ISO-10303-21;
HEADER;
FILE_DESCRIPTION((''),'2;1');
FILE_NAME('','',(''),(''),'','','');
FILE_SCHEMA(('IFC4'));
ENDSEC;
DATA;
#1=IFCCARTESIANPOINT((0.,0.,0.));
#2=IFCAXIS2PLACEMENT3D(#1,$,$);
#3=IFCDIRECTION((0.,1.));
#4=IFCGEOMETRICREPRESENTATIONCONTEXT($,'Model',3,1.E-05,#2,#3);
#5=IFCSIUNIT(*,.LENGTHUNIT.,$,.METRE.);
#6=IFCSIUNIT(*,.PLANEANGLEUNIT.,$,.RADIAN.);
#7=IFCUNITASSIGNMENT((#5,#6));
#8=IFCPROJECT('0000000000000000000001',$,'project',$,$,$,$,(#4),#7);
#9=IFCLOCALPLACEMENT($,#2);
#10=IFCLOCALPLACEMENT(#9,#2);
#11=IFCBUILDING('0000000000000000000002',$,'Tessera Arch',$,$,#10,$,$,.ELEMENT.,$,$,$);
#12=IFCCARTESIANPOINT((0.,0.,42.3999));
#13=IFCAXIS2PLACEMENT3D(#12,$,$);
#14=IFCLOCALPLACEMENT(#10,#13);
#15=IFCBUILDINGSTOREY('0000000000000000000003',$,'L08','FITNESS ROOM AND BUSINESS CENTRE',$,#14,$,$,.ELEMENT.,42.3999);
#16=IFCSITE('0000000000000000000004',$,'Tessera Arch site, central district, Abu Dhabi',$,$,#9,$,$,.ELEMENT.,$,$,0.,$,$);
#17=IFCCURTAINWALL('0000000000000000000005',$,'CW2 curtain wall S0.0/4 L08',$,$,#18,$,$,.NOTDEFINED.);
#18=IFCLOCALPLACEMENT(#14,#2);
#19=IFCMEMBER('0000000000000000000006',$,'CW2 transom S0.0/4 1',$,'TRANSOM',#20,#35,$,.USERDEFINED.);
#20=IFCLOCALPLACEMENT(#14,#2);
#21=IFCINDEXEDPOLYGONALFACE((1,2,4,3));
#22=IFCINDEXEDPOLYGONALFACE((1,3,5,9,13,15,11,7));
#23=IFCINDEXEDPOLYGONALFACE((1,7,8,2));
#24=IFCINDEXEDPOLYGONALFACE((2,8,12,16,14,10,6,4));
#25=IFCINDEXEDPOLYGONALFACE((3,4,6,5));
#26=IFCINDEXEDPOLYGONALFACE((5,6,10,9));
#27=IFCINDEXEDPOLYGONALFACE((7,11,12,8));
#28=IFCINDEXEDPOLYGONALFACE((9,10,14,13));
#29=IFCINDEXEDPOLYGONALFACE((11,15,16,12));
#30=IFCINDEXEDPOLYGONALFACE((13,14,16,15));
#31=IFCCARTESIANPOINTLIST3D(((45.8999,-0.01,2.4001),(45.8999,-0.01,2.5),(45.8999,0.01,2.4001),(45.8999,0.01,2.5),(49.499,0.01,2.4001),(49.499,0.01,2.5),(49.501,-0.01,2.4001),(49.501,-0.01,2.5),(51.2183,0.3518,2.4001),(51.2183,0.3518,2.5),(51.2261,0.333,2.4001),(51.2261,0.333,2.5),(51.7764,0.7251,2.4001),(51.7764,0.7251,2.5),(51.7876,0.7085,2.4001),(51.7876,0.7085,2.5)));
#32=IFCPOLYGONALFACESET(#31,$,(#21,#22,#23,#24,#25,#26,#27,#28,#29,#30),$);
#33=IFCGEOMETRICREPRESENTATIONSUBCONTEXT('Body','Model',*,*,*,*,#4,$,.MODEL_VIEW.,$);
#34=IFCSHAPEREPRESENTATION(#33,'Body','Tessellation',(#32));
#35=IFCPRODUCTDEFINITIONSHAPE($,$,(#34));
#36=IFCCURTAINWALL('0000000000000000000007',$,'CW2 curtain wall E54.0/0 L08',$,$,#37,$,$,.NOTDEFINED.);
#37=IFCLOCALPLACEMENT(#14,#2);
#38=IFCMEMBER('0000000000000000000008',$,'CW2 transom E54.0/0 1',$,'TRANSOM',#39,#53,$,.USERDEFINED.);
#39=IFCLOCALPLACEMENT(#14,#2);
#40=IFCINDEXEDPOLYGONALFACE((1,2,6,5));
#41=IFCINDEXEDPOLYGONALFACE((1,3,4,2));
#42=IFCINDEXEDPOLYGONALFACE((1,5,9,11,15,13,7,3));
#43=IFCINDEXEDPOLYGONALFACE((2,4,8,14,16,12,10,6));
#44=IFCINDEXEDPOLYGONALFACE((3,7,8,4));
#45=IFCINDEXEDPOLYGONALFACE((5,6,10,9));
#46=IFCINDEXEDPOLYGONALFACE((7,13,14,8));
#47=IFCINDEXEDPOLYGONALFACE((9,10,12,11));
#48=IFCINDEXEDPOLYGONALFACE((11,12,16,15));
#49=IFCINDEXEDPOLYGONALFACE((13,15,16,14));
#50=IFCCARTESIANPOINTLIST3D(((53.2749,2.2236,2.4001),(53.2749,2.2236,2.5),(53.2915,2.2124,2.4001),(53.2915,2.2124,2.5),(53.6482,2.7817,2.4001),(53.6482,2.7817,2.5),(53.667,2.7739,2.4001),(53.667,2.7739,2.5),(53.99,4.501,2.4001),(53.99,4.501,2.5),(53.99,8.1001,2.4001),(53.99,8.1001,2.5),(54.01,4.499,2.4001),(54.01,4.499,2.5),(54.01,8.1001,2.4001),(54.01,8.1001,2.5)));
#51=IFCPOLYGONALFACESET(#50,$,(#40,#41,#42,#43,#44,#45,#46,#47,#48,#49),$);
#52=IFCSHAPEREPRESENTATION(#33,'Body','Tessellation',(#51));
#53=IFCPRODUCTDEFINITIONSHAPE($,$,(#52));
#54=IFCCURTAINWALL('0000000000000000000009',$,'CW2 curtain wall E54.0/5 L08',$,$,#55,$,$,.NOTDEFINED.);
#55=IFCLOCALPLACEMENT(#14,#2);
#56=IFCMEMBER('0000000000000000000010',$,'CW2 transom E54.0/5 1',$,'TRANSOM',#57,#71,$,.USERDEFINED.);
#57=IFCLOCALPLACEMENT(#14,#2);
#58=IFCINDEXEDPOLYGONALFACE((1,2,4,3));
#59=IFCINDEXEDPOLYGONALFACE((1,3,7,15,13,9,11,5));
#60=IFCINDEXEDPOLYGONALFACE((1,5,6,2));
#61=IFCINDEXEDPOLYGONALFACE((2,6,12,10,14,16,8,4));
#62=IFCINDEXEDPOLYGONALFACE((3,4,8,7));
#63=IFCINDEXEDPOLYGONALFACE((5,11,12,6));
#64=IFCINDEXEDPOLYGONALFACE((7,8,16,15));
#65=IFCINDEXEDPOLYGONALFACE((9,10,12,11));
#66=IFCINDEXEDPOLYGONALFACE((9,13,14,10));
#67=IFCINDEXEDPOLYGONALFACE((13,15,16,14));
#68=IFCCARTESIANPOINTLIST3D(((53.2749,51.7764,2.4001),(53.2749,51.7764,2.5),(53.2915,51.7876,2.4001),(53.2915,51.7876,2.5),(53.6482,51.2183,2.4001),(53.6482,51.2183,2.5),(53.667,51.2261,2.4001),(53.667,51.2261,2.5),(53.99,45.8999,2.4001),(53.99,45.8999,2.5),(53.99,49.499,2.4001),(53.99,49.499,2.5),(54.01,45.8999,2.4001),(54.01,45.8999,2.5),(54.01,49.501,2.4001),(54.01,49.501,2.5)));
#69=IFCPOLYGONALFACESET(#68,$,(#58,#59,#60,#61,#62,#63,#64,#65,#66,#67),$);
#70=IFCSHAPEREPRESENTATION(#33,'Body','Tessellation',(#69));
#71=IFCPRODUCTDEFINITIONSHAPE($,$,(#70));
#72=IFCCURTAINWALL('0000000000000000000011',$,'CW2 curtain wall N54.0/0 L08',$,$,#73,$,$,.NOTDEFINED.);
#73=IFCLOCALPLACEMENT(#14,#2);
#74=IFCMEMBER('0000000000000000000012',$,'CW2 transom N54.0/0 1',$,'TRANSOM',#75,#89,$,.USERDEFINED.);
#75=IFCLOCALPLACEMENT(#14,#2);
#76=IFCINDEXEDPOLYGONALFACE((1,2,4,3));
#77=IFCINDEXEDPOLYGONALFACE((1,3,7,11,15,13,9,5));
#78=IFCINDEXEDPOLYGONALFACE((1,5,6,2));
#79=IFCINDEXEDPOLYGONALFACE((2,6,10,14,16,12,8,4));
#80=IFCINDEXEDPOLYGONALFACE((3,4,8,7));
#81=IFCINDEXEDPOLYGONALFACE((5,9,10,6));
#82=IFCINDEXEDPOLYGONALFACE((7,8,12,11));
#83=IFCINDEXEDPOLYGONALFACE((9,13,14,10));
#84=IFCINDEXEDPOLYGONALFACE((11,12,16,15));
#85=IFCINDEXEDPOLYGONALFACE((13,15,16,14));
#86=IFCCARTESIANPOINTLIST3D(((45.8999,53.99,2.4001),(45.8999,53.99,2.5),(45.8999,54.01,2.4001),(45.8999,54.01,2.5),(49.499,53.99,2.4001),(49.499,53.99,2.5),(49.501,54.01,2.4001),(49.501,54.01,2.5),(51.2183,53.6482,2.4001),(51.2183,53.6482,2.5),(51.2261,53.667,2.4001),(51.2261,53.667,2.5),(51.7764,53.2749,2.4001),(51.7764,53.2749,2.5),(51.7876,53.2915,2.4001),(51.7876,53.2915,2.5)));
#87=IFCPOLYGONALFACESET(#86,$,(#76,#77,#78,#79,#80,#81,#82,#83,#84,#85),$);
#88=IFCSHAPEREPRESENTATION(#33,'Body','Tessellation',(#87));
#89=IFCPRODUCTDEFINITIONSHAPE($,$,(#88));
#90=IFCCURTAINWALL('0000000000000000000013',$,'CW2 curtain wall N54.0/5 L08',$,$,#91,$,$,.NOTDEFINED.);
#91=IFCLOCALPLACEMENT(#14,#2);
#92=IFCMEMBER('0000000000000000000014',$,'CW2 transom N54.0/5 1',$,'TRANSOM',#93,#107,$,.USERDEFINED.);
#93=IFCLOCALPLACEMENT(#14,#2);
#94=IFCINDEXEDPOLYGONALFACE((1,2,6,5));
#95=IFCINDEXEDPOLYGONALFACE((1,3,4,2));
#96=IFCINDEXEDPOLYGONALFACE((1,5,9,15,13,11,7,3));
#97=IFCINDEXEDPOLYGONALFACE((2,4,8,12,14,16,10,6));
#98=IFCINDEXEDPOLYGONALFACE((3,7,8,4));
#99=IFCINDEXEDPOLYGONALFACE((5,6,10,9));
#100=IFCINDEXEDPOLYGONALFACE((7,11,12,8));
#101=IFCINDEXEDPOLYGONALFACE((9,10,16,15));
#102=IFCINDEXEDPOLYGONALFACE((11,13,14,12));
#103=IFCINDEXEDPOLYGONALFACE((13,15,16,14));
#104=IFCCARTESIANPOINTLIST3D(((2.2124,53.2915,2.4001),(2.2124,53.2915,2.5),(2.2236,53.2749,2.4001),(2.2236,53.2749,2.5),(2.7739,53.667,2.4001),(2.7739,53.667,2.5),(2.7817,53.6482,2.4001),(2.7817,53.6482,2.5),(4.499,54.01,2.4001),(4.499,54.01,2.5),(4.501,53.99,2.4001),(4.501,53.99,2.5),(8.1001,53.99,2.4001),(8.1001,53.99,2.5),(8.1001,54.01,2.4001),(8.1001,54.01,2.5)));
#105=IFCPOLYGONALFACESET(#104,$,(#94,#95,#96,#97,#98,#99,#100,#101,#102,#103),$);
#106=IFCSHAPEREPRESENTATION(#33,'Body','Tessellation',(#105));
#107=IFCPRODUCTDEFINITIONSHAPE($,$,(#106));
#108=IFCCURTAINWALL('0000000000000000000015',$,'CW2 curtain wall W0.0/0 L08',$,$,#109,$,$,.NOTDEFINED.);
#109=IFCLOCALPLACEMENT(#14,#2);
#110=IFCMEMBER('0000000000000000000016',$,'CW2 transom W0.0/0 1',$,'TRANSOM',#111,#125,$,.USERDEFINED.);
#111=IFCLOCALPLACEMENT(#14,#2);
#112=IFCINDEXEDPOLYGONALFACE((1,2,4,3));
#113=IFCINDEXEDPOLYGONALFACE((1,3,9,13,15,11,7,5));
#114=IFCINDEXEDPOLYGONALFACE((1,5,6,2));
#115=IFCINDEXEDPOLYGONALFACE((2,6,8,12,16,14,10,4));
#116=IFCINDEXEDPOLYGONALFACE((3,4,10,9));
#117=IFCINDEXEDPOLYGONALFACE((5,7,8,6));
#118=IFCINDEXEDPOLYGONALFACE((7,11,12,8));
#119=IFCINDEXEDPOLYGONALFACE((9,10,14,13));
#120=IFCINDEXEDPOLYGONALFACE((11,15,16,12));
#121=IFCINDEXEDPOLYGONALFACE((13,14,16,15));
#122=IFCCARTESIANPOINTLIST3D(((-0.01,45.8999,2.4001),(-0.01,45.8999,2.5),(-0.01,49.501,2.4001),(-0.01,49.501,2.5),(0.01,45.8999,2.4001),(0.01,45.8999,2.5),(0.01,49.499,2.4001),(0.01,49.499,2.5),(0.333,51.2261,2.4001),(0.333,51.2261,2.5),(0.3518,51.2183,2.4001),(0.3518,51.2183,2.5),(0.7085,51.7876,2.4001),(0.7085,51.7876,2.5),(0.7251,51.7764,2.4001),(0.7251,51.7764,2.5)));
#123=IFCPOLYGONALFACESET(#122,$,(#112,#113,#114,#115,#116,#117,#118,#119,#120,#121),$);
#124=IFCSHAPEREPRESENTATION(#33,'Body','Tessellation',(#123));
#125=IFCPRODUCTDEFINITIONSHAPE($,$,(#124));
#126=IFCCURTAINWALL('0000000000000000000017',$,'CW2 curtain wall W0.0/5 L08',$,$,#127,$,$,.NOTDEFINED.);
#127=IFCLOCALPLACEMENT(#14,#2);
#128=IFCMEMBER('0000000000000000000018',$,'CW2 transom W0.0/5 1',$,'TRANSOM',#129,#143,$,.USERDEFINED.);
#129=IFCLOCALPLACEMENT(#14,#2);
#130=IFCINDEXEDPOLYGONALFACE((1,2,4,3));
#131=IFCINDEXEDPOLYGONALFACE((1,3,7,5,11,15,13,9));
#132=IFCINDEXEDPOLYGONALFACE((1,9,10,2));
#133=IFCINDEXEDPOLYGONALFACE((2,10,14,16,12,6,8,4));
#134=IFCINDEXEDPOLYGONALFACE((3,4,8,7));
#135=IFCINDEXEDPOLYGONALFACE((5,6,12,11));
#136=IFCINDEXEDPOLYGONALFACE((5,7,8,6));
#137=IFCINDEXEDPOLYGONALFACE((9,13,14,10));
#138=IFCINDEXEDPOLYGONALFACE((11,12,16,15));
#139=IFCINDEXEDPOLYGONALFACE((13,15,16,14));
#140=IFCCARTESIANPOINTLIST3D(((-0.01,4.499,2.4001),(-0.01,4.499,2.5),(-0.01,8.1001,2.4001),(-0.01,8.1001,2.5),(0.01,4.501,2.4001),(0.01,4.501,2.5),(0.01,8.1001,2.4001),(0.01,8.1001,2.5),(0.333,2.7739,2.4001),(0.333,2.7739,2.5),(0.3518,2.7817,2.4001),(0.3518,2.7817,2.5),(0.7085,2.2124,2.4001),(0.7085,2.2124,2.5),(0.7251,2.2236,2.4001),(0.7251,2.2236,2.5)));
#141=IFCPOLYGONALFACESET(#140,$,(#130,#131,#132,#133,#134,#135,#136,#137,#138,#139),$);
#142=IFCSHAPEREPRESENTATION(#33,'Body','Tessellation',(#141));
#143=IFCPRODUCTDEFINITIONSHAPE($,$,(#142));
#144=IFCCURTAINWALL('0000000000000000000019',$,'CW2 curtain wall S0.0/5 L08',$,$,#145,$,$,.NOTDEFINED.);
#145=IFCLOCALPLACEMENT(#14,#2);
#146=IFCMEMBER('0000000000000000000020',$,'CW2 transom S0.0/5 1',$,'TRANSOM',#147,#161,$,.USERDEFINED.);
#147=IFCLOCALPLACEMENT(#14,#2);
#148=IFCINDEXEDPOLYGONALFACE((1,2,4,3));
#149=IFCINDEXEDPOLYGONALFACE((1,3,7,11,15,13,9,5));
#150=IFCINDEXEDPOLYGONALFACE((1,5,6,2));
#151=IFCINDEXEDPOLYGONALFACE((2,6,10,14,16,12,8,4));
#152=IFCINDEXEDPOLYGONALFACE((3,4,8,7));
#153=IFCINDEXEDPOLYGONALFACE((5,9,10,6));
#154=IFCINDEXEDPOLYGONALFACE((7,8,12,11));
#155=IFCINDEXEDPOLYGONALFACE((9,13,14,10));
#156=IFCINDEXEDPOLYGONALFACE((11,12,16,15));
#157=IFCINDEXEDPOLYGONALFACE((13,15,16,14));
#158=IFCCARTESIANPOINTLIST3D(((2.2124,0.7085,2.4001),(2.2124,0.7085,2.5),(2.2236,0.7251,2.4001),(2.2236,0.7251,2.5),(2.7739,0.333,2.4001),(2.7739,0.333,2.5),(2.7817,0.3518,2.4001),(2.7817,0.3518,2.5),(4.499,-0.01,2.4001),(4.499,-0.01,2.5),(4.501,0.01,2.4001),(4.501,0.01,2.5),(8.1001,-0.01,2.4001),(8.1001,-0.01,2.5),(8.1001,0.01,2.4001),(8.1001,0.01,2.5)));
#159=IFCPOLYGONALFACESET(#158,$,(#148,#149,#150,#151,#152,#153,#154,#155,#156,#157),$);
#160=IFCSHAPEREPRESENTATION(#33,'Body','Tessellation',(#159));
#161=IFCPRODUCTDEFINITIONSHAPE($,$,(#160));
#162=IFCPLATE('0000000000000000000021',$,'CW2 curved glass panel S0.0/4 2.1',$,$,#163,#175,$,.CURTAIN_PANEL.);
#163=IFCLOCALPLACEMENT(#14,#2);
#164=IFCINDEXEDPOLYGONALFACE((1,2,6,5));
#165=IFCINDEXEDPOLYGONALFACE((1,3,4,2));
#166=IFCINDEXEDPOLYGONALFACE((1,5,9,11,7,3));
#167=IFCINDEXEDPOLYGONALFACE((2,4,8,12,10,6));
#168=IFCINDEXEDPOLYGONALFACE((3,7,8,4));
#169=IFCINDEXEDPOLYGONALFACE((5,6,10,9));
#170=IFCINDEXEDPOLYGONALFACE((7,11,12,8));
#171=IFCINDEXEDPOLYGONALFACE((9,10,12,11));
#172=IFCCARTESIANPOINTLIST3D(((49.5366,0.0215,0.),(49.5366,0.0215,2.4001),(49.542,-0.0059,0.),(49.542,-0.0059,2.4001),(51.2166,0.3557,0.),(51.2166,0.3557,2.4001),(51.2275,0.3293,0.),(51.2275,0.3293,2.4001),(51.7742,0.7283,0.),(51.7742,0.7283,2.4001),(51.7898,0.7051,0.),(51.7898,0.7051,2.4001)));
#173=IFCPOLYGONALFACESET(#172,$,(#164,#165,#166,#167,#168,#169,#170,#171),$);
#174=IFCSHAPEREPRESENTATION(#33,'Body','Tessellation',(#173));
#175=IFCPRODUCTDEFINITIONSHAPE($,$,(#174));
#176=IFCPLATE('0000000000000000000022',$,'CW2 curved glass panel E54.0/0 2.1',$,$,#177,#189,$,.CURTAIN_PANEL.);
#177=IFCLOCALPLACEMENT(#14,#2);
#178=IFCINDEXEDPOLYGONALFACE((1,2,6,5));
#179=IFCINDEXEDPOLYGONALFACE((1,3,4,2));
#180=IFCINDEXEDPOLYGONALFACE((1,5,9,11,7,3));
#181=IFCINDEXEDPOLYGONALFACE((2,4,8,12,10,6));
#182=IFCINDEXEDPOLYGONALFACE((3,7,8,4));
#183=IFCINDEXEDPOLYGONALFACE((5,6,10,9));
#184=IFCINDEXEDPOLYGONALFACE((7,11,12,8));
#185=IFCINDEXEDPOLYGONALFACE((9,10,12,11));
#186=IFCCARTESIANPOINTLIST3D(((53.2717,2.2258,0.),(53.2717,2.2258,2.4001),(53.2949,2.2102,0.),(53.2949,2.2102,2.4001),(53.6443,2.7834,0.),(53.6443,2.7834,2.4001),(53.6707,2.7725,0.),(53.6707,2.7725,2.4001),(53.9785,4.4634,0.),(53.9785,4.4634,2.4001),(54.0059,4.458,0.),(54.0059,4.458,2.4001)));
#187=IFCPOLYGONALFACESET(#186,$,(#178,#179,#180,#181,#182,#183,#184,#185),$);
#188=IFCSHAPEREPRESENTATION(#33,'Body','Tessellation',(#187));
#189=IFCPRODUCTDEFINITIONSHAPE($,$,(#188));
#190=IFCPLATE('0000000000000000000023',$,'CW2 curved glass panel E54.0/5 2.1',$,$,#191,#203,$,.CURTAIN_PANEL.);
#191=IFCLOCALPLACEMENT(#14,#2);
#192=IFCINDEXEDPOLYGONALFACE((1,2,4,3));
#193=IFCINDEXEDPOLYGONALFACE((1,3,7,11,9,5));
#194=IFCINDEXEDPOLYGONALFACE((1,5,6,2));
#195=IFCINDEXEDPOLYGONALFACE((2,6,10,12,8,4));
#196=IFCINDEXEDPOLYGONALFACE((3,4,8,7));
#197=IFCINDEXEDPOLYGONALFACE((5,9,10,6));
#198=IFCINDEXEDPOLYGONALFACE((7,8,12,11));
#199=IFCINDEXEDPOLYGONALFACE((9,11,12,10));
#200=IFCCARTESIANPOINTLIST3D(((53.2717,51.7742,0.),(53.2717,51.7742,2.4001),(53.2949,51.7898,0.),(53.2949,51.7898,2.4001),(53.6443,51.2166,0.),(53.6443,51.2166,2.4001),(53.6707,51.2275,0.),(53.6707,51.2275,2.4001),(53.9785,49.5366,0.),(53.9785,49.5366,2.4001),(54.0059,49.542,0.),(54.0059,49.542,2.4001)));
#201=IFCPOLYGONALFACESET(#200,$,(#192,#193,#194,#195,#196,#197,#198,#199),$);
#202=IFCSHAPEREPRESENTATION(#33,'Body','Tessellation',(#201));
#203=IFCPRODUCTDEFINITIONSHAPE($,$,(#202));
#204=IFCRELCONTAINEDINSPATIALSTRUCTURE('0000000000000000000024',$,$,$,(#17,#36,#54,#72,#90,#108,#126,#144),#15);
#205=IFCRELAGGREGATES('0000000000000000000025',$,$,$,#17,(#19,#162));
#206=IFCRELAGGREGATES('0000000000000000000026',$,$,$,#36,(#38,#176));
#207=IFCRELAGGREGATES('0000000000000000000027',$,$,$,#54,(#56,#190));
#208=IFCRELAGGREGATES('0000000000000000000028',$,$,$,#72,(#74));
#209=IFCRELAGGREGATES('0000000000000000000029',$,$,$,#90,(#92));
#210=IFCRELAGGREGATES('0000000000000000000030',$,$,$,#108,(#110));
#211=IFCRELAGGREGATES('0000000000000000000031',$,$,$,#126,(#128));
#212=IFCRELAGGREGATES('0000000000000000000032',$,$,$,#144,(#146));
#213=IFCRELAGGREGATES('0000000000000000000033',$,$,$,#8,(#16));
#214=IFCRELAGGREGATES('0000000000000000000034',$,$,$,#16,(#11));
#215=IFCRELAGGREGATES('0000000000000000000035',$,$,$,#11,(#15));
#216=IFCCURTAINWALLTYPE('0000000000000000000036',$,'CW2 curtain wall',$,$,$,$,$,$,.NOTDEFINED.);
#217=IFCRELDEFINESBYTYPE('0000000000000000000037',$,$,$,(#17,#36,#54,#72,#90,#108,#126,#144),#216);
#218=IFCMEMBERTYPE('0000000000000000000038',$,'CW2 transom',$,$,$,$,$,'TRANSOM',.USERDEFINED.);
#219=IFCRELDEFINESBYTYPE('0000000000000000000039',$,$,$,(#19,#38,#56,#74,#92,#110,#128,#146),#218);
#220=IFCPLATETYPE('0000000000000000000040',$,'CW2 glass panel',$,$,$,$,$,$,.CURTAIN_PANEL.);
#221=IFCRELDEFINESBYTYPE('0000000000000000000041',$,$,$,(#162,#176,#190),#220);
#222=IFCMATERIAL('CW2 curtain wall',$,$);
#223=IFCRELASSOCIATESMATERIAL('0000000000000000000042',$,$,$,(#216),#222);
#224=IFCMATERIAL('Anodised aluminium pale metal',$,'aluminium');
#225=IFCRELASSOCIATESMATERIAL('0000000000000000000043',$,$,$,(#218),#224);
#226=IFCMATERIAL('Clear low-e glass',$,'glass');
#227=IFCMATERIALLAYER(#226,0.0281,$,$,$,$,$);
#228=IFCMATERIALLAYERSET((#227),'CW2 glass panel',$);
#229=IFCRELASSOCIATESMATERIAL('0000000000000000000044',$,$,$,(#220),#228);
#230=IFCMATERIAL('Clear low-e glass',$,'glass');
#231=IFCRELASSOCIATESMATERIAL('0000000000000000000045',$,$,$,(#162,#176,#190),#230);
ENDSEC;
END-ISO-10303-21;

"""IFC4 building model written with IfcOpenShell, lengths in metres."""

from ifc_helpers import new_model, si_unit, direction, frame, origin, origin_2d, place, context, subcontext, project, spatial, polyline, rectangle, outline, extrude, material, layer, layer_set, material_profile, profile_set, type_object, element, aggregate, save


model = new_model("IFC4")

# Units and contexts
model_context = context("Model", 3, precision=1e-05, world=origin(), true_north=direction((0.0, 1.0)))
body_context = subcontext(model_context, "Body", "Model", "MODEL_VIEW")
ifc_project = project(units=[si_unit("LENGTHUNIT", "METRE"), si_unit("PLANEANGLEUNIT", "RADIAN")], contexts=[model_context])

# Site, building, storey
site_placement = place(None, origin())
site = spatial("IfcSite", under=ifc_project, at=site_placement, Name="Tessera Arch site, central district, Abu Dhabi", CompositionType="ELEMENT", RefElevation=0.0)
building_placement = place(site_placement, origin())
building = spatial("IfcBuilding", under=site, at=building_placement, Name="Tessera Arch", CompositionType="ELEMENT")
storey_placement = place(building_placement, frame((0.0, 0.0, 42.3999)))
storey = spatial("IfcBuildingStorey", under=building, at=storey_placement, Name="L08", Description="FITNESS ROOM AND BUSINESS CENTRE", CompositionType="ELEMENT", Elevation=42.3999)

# Curtain walls, members
ifc_material_1 = material(Name="CW2 curtain wall")
curtain_wall_type = type_object("IfcCurtainWallType", Name="CW2 curtain wall", PredefinedType="NOTDEFINED", material=ifc_material_1)
curtain_wall_1_placement = place(storey_placement, origin())
curtain_wall_1 = element("IfcCurtainWall", 1, at=curtain_wall_1_placement, inside=storey, type_object=curtain_wall_type, Name="CW2 curtain wall S0.0/4 L08", PredefinedType="NOTDEFINED")
ifc_material_2 = material(Name="Anodised aluminium pale metal", Category="aluminium")
ifc_material_profile = material_profile(ifc_material_2, rectangle(XDim=0.2, YDim=0.1001, at=origin_2d()), Name="AL 200x100")
ifc_profile_set = profile_set([ifc_material_profile], Name="Anodised aluminium pale metal")
member_type = type_object("IfcMemberType", Name="CW2 transom", ElementType="TRANSOM", PredefinedType="USERDEFINED", material=ifc_profile_set)
member_1_placement = place(storey_placement, frame((0.0, 0.0, 2.4001)))
member_1 = element("IfcMember", 2, at=member_1_placement, type_object=member_type, Name="CW2 transom S0.0/4 1", ObjectType="TRANSOM", PredefinedType="USERDEFINED", context=body_context, shape_type="SweptSolid", body=[
    extrude(outline(polyline([(49.499, 0.01), (45.8999, 0.01), (45.8999, -0.01), (49.501, -0.01), (51.2261, 0.333), (51.7876, 0.7085), (51.7764, 0.7251), (51.2183, 0.3518), (49.499, 0.01)])), origin(), (0.0, 0.0, 1.0), 0.0999),
])
curtain_wall_2_placement = place(storey_placement, origin())
curtain_wall_2 = element("IfcCurtainWall", 3, at=curtain_wall_2_placement, inside=storey, type_object=curtain_wall_type, Name="CW2 curtain wall E54.0/0 L08", PredefinedType="NOTDEFINED")
member_2_placement = place(storey_placement, frame((0.0, 0.0, 2.4001)))
member_2 = element("IfcMember", 4, at=member_2_placement, type_object=member_type, Name="CW2 transom E54.0/0 1", ObjectType="TRANSOM", PredefinedType="USERDEFINED", context=body_context, shape_type="SweptSolid", body=[
    extrude(outline(polyline([(53.6482, 2.7817), (53.2749, 2.2236), (53.2915, 2.2124), (53.667, 2.7739), (54.01, 4.499), (54.01, 8.1001), (53.99, 8.1001), (53.99, 4.501), (53.6482, 2.7817)])), origin(), (0.0, 0.0, 1.0), 0.0999),
])
curtain_wall_3_placement = place(storey_placement, origin())
curtain_wall_3 = element("IfcCurtainWall", 5, at=curtain_wall_3_placement, inside=storey, type_object=curtain_wall_type, Name="CW2 curtain wall E54.0/5 L08", PredefinedType="NOTDEFINED")
member_3_placement = place(storey_placement, frame((0.0, 0.0, 2.4001)))
member_3 = element("IfcMember", 6, at=member_3_placement, type_object=member_type, Name="CW2 transom E54.0/5 1", ObjectType="TRANSOM", PredefinedType="USERDEFINED", context=body_context, shape_type="SweptSolid", body=[
    extrude(outline(polyline([(53.99, 49.499), (53.99, 45.8999), (54.01, 45.8999), (54.01, 49.501), (53.667, 51.2261), (53.2915, 51.7876), (53.2749, 51.7764), (53.6482, 51.2183), (53.99, 49.499)])), origin(), (0.0, 0.0, 1.0), 0.0999),
])
curtain_wall_4_placement = place(storey_placement, origin())
curtain_wall_4 = element("IfcCurtainWall", 7, at=curtain_wall_4_placement, inside=storey, type_object=curtain_wall_type, Name="CW2 curtain wall N54.0/0 L08", PredefinedType="NOTDEFINED")
member_4_placement = place(storey_placement, frame((0.0, 0.0, 2.4001)))
member_4 = element("IfcMember", 8, at=member_4_placement, type_object=member_type, Name="CW2 transom N54.0/0 1", ObjectType="TRANSOM", PredefinedType="USERDEFINED", context=body_context, shape_type="SweptSolid", body=[
    extrude(outline(polyline([(51.2183, 53.6482), (51.7764, 53.2749), (51.7876, 53.2915), (51.2261, 53.667), (49.501, 54.01), (45.8999, 54.01), (45.8999, 53.99), (49.499, 53.99), (51.2183, 53.6482)])), origin(), (0.0, 0.0, 1.0), 0.0999),
])
curtain_wall_5_placement = place(storey_placement, origin())
curtain_wall_5 = element("IfcCurtainWall", 9, at=curtain_wall_5_placement, inside=storey, type_object=curtain_wall_type, Name="CW2 curtain wall N54.0/5 L08", PredefinedType="NOTDEFINED")
member_5_placement = place(storey_placement, frame((0.0, 0.0, 2.4001)))
member_5 = element("IfcMember", 10, at=member_5_placement, type_object=member_type, Name="CW2 transom N54.0/5 1", ObjectType="TRANSOM", PredefinedType="USERDEFINED", context=body_context, shape_type="SweptSolid", body=[
    extrude(outline(polyline([(4.501, 53.99), (8.1001, 53.99), (8.1001, 54.01), (4.499, 54.01), (2.7739, 53.667), (2.2124, 53.2915), (2.2236, 53.2749), (2.7817, 53.6482), (4.501, 53.99)])), origin(), (0.0, 0.0, 1.0), 0.0999),
])
curtain_wall_6_placement = place(storey_placement, origin())
curtain_wall_6 = element("IfcCurtainWall", 11, at=curtain_wall_6_placement, inside=storey, type_object=curtain_wall_type, Name="CW2 curtain wall W0.0/0 L08", PredefinedType="NOTDEFINED")
member_6_placement = place(storey_placement, frame((0.0, 0.0, 2.4001)))
member_6 = element("IfcMember", 12, at=member_6_placement, type_object=member_type, Name="CW2 transom W0.0/0 1", ObjectType="TRANSOM", PredefinedType="USERDEFINED", context=body_context, shape_type="SweptSolid", body=[
    extrude(outline(polyline([(0.3518, 51.2183), (0.7251, 51.7764), (0.7085, 51.7876), (0.333, 51.2261), (-0.01, 49.501), (-0.01, 45.8999), (0.01, 45.8999), (0.01, 49.499), (0.3518, 51.2183)])), origin(), (0.0, 0.0, 1.0), 0.0999),
])
curtain_wall_7_placement = place(storey_placement, origin())
curtain_wall_7 = element("IfcCurtainWall", 13, at=curtain_wall_7_placement, inside=storey, type_object=curtain_wall_type, Name="CW2 curtain wall W0.0/5 L08", PredefinedType="NOTDEFINED")
member_7_placement = place(storey_placement, frame((0.0, 0.0, 2.4001)))
member_7 = element("IfcMember", 14, at=member_7_placement, type_object=member_type, Name="CW2 transom W0.0/5 1", ObjectType="TRANSOM", PredefinedType="USERDEFINED", context=body_context, shape_type="SweptSolid", body=[
    extrude(outline(polyline([(0.01, 4.501), (0.01, 8.1001), (-0.01, 8.1001), (-0.01, 4.499), (0.333, 2.7739), (0.7085, 2.2124), (0.7251, 2.2236), (0.3518, 2.7817), (0.01, 4.501)])), origin(), (0.0, 0.0, 1.0), 0.0999),
])
curtain_wall_8_placement = place(storey_placement, origin())
curtain_wall_8 = element("IfcCurtainWall", 15, at=curtain_wall_8_placement, inside=storey, type_object=curtain_wall_type, Name="CW2 curtain wall S0.0/5 L08", PredefinedType="NOTDEFINED")
member_8_placement = place(storey_placement, frame((0.0, 0.0, 2.4001)))
member_8 = element("IfcMember", 16, at=member_8_placement, type_object=member_type, Name="CW2 transom S0.0/5 1", ObjectType="TRANSOM", PredefinedType="USERDEFINED", context=body_context, shape_type="SweptSolid", body=[
    extrude(outline(polyline([(2.7817, 0.3518), (2.2236, 0.7251), (2.2124, 0.7085), (2.7739, 0.333), (4.499, -0.01), (8.1001, -0.01), (8.1001, 0.01), (4.501, 0.01), (2.7817, 0.3518)])), origin(), (0.0, 0.0, 1.0), 0.0999),
])

# Plates
ifc_material_3 = material(Name="Clear low-e glass", Category="glass")
ifc_material_4 = material(Name="Clear low-e glass", Category="glass")
ifc_layer_1 = layer(ifc_material_4, 0.0281)
ifc_layer_set_1 = layer_set([ifc_layer_1], Name="CW2 glass panel")
plate_type_1 = type_object("IfcPlateType", Name="CW2 glass panel", PredefinedType="CURTAIN_PANEL", material=ifc_layer_set_1)
plate_1_placement = place(storey_placement, origin())
plate_1 = element("IfcPlate", 17, at=plate_1_placement, type_object=plate_type_1, material=ifc_material_3, Name="CW2 curved glass panel S0.0/4 2.1", PredefinedType="CURTAIN_PANEL", context=body_context, shape_type="SweptSolid", body=[
    extrude(outline(polyline([(51.2166, 0.3557), (49.5366, 0.0215), (49.542, -0.0059), (51.2275, 0.3293), (51.7898, 0.7051), (51.7742, 0.7283), (51.2166, 0.3557)])), origin(), (0.0, 0.0, 1.0), 2.4001),
])
plate_2_placement = place(storey_placement, origin())
plate_2 = element("IfcPlate", 18, at=plate_2_placement, type_object=plate_type_1, material=ifc_material_3, Name="CW2 curved glass panel E54.0/0 2.1", PredefinedType="CURTAIN_PANEL", context=body_context, shape_type="SweptSolid", body=[
    extrude(outline(polyline([(53.6443, 2.7834), (53.2717, 2.2258), (53.2949, 2.2102), (53.6707, 2.7725), (54.0059, 4.458), (53.9785, 4.4634), (53.6443, 2.7834)])), origin(), (0.0, 0.0, 1.0), 2.4001),
])
plate_3_placement = place(storey_placement, origin())
plate_3 = element("IfcPlate", 19, at=plate_3_placement, type_object=plate_type_1, material=ifc_material_3, Name="CW2 curved glass panel E54.0/5 2.1", PredefinedType="CURTAIN_PANEL", context=body_context, shape_type="SweptSolid", body=[
    extrude(outline(polyline([(53.6443, 51.2166), (53.9785, 49.5366), (54.0059, 49.542), (53.6707, 51.2275), (53.2949, 51.7898), (53.2717, 51.7742), (53.6443, 51.2166)])), origin(), (0.0, 0.0, 1.0), 2.4001),
])
aggregate(curtain_wall_1, [member_1, plate_1])
aggregate(curtain_wall_2, [member_2, plate_2])
aggregate(curtain_wall_3, [member_3, plate_3])
aggregate(curtain_wall_4, [member_4])
aggregate(curtain_wall_5, [member_5])
aggregate(curtain_wall_6, [member_6])
aggregate(curtain_wall_7, [member_7])
aggregate(curtain_wall_8, [member_8])

save(model, "model.ifc")
